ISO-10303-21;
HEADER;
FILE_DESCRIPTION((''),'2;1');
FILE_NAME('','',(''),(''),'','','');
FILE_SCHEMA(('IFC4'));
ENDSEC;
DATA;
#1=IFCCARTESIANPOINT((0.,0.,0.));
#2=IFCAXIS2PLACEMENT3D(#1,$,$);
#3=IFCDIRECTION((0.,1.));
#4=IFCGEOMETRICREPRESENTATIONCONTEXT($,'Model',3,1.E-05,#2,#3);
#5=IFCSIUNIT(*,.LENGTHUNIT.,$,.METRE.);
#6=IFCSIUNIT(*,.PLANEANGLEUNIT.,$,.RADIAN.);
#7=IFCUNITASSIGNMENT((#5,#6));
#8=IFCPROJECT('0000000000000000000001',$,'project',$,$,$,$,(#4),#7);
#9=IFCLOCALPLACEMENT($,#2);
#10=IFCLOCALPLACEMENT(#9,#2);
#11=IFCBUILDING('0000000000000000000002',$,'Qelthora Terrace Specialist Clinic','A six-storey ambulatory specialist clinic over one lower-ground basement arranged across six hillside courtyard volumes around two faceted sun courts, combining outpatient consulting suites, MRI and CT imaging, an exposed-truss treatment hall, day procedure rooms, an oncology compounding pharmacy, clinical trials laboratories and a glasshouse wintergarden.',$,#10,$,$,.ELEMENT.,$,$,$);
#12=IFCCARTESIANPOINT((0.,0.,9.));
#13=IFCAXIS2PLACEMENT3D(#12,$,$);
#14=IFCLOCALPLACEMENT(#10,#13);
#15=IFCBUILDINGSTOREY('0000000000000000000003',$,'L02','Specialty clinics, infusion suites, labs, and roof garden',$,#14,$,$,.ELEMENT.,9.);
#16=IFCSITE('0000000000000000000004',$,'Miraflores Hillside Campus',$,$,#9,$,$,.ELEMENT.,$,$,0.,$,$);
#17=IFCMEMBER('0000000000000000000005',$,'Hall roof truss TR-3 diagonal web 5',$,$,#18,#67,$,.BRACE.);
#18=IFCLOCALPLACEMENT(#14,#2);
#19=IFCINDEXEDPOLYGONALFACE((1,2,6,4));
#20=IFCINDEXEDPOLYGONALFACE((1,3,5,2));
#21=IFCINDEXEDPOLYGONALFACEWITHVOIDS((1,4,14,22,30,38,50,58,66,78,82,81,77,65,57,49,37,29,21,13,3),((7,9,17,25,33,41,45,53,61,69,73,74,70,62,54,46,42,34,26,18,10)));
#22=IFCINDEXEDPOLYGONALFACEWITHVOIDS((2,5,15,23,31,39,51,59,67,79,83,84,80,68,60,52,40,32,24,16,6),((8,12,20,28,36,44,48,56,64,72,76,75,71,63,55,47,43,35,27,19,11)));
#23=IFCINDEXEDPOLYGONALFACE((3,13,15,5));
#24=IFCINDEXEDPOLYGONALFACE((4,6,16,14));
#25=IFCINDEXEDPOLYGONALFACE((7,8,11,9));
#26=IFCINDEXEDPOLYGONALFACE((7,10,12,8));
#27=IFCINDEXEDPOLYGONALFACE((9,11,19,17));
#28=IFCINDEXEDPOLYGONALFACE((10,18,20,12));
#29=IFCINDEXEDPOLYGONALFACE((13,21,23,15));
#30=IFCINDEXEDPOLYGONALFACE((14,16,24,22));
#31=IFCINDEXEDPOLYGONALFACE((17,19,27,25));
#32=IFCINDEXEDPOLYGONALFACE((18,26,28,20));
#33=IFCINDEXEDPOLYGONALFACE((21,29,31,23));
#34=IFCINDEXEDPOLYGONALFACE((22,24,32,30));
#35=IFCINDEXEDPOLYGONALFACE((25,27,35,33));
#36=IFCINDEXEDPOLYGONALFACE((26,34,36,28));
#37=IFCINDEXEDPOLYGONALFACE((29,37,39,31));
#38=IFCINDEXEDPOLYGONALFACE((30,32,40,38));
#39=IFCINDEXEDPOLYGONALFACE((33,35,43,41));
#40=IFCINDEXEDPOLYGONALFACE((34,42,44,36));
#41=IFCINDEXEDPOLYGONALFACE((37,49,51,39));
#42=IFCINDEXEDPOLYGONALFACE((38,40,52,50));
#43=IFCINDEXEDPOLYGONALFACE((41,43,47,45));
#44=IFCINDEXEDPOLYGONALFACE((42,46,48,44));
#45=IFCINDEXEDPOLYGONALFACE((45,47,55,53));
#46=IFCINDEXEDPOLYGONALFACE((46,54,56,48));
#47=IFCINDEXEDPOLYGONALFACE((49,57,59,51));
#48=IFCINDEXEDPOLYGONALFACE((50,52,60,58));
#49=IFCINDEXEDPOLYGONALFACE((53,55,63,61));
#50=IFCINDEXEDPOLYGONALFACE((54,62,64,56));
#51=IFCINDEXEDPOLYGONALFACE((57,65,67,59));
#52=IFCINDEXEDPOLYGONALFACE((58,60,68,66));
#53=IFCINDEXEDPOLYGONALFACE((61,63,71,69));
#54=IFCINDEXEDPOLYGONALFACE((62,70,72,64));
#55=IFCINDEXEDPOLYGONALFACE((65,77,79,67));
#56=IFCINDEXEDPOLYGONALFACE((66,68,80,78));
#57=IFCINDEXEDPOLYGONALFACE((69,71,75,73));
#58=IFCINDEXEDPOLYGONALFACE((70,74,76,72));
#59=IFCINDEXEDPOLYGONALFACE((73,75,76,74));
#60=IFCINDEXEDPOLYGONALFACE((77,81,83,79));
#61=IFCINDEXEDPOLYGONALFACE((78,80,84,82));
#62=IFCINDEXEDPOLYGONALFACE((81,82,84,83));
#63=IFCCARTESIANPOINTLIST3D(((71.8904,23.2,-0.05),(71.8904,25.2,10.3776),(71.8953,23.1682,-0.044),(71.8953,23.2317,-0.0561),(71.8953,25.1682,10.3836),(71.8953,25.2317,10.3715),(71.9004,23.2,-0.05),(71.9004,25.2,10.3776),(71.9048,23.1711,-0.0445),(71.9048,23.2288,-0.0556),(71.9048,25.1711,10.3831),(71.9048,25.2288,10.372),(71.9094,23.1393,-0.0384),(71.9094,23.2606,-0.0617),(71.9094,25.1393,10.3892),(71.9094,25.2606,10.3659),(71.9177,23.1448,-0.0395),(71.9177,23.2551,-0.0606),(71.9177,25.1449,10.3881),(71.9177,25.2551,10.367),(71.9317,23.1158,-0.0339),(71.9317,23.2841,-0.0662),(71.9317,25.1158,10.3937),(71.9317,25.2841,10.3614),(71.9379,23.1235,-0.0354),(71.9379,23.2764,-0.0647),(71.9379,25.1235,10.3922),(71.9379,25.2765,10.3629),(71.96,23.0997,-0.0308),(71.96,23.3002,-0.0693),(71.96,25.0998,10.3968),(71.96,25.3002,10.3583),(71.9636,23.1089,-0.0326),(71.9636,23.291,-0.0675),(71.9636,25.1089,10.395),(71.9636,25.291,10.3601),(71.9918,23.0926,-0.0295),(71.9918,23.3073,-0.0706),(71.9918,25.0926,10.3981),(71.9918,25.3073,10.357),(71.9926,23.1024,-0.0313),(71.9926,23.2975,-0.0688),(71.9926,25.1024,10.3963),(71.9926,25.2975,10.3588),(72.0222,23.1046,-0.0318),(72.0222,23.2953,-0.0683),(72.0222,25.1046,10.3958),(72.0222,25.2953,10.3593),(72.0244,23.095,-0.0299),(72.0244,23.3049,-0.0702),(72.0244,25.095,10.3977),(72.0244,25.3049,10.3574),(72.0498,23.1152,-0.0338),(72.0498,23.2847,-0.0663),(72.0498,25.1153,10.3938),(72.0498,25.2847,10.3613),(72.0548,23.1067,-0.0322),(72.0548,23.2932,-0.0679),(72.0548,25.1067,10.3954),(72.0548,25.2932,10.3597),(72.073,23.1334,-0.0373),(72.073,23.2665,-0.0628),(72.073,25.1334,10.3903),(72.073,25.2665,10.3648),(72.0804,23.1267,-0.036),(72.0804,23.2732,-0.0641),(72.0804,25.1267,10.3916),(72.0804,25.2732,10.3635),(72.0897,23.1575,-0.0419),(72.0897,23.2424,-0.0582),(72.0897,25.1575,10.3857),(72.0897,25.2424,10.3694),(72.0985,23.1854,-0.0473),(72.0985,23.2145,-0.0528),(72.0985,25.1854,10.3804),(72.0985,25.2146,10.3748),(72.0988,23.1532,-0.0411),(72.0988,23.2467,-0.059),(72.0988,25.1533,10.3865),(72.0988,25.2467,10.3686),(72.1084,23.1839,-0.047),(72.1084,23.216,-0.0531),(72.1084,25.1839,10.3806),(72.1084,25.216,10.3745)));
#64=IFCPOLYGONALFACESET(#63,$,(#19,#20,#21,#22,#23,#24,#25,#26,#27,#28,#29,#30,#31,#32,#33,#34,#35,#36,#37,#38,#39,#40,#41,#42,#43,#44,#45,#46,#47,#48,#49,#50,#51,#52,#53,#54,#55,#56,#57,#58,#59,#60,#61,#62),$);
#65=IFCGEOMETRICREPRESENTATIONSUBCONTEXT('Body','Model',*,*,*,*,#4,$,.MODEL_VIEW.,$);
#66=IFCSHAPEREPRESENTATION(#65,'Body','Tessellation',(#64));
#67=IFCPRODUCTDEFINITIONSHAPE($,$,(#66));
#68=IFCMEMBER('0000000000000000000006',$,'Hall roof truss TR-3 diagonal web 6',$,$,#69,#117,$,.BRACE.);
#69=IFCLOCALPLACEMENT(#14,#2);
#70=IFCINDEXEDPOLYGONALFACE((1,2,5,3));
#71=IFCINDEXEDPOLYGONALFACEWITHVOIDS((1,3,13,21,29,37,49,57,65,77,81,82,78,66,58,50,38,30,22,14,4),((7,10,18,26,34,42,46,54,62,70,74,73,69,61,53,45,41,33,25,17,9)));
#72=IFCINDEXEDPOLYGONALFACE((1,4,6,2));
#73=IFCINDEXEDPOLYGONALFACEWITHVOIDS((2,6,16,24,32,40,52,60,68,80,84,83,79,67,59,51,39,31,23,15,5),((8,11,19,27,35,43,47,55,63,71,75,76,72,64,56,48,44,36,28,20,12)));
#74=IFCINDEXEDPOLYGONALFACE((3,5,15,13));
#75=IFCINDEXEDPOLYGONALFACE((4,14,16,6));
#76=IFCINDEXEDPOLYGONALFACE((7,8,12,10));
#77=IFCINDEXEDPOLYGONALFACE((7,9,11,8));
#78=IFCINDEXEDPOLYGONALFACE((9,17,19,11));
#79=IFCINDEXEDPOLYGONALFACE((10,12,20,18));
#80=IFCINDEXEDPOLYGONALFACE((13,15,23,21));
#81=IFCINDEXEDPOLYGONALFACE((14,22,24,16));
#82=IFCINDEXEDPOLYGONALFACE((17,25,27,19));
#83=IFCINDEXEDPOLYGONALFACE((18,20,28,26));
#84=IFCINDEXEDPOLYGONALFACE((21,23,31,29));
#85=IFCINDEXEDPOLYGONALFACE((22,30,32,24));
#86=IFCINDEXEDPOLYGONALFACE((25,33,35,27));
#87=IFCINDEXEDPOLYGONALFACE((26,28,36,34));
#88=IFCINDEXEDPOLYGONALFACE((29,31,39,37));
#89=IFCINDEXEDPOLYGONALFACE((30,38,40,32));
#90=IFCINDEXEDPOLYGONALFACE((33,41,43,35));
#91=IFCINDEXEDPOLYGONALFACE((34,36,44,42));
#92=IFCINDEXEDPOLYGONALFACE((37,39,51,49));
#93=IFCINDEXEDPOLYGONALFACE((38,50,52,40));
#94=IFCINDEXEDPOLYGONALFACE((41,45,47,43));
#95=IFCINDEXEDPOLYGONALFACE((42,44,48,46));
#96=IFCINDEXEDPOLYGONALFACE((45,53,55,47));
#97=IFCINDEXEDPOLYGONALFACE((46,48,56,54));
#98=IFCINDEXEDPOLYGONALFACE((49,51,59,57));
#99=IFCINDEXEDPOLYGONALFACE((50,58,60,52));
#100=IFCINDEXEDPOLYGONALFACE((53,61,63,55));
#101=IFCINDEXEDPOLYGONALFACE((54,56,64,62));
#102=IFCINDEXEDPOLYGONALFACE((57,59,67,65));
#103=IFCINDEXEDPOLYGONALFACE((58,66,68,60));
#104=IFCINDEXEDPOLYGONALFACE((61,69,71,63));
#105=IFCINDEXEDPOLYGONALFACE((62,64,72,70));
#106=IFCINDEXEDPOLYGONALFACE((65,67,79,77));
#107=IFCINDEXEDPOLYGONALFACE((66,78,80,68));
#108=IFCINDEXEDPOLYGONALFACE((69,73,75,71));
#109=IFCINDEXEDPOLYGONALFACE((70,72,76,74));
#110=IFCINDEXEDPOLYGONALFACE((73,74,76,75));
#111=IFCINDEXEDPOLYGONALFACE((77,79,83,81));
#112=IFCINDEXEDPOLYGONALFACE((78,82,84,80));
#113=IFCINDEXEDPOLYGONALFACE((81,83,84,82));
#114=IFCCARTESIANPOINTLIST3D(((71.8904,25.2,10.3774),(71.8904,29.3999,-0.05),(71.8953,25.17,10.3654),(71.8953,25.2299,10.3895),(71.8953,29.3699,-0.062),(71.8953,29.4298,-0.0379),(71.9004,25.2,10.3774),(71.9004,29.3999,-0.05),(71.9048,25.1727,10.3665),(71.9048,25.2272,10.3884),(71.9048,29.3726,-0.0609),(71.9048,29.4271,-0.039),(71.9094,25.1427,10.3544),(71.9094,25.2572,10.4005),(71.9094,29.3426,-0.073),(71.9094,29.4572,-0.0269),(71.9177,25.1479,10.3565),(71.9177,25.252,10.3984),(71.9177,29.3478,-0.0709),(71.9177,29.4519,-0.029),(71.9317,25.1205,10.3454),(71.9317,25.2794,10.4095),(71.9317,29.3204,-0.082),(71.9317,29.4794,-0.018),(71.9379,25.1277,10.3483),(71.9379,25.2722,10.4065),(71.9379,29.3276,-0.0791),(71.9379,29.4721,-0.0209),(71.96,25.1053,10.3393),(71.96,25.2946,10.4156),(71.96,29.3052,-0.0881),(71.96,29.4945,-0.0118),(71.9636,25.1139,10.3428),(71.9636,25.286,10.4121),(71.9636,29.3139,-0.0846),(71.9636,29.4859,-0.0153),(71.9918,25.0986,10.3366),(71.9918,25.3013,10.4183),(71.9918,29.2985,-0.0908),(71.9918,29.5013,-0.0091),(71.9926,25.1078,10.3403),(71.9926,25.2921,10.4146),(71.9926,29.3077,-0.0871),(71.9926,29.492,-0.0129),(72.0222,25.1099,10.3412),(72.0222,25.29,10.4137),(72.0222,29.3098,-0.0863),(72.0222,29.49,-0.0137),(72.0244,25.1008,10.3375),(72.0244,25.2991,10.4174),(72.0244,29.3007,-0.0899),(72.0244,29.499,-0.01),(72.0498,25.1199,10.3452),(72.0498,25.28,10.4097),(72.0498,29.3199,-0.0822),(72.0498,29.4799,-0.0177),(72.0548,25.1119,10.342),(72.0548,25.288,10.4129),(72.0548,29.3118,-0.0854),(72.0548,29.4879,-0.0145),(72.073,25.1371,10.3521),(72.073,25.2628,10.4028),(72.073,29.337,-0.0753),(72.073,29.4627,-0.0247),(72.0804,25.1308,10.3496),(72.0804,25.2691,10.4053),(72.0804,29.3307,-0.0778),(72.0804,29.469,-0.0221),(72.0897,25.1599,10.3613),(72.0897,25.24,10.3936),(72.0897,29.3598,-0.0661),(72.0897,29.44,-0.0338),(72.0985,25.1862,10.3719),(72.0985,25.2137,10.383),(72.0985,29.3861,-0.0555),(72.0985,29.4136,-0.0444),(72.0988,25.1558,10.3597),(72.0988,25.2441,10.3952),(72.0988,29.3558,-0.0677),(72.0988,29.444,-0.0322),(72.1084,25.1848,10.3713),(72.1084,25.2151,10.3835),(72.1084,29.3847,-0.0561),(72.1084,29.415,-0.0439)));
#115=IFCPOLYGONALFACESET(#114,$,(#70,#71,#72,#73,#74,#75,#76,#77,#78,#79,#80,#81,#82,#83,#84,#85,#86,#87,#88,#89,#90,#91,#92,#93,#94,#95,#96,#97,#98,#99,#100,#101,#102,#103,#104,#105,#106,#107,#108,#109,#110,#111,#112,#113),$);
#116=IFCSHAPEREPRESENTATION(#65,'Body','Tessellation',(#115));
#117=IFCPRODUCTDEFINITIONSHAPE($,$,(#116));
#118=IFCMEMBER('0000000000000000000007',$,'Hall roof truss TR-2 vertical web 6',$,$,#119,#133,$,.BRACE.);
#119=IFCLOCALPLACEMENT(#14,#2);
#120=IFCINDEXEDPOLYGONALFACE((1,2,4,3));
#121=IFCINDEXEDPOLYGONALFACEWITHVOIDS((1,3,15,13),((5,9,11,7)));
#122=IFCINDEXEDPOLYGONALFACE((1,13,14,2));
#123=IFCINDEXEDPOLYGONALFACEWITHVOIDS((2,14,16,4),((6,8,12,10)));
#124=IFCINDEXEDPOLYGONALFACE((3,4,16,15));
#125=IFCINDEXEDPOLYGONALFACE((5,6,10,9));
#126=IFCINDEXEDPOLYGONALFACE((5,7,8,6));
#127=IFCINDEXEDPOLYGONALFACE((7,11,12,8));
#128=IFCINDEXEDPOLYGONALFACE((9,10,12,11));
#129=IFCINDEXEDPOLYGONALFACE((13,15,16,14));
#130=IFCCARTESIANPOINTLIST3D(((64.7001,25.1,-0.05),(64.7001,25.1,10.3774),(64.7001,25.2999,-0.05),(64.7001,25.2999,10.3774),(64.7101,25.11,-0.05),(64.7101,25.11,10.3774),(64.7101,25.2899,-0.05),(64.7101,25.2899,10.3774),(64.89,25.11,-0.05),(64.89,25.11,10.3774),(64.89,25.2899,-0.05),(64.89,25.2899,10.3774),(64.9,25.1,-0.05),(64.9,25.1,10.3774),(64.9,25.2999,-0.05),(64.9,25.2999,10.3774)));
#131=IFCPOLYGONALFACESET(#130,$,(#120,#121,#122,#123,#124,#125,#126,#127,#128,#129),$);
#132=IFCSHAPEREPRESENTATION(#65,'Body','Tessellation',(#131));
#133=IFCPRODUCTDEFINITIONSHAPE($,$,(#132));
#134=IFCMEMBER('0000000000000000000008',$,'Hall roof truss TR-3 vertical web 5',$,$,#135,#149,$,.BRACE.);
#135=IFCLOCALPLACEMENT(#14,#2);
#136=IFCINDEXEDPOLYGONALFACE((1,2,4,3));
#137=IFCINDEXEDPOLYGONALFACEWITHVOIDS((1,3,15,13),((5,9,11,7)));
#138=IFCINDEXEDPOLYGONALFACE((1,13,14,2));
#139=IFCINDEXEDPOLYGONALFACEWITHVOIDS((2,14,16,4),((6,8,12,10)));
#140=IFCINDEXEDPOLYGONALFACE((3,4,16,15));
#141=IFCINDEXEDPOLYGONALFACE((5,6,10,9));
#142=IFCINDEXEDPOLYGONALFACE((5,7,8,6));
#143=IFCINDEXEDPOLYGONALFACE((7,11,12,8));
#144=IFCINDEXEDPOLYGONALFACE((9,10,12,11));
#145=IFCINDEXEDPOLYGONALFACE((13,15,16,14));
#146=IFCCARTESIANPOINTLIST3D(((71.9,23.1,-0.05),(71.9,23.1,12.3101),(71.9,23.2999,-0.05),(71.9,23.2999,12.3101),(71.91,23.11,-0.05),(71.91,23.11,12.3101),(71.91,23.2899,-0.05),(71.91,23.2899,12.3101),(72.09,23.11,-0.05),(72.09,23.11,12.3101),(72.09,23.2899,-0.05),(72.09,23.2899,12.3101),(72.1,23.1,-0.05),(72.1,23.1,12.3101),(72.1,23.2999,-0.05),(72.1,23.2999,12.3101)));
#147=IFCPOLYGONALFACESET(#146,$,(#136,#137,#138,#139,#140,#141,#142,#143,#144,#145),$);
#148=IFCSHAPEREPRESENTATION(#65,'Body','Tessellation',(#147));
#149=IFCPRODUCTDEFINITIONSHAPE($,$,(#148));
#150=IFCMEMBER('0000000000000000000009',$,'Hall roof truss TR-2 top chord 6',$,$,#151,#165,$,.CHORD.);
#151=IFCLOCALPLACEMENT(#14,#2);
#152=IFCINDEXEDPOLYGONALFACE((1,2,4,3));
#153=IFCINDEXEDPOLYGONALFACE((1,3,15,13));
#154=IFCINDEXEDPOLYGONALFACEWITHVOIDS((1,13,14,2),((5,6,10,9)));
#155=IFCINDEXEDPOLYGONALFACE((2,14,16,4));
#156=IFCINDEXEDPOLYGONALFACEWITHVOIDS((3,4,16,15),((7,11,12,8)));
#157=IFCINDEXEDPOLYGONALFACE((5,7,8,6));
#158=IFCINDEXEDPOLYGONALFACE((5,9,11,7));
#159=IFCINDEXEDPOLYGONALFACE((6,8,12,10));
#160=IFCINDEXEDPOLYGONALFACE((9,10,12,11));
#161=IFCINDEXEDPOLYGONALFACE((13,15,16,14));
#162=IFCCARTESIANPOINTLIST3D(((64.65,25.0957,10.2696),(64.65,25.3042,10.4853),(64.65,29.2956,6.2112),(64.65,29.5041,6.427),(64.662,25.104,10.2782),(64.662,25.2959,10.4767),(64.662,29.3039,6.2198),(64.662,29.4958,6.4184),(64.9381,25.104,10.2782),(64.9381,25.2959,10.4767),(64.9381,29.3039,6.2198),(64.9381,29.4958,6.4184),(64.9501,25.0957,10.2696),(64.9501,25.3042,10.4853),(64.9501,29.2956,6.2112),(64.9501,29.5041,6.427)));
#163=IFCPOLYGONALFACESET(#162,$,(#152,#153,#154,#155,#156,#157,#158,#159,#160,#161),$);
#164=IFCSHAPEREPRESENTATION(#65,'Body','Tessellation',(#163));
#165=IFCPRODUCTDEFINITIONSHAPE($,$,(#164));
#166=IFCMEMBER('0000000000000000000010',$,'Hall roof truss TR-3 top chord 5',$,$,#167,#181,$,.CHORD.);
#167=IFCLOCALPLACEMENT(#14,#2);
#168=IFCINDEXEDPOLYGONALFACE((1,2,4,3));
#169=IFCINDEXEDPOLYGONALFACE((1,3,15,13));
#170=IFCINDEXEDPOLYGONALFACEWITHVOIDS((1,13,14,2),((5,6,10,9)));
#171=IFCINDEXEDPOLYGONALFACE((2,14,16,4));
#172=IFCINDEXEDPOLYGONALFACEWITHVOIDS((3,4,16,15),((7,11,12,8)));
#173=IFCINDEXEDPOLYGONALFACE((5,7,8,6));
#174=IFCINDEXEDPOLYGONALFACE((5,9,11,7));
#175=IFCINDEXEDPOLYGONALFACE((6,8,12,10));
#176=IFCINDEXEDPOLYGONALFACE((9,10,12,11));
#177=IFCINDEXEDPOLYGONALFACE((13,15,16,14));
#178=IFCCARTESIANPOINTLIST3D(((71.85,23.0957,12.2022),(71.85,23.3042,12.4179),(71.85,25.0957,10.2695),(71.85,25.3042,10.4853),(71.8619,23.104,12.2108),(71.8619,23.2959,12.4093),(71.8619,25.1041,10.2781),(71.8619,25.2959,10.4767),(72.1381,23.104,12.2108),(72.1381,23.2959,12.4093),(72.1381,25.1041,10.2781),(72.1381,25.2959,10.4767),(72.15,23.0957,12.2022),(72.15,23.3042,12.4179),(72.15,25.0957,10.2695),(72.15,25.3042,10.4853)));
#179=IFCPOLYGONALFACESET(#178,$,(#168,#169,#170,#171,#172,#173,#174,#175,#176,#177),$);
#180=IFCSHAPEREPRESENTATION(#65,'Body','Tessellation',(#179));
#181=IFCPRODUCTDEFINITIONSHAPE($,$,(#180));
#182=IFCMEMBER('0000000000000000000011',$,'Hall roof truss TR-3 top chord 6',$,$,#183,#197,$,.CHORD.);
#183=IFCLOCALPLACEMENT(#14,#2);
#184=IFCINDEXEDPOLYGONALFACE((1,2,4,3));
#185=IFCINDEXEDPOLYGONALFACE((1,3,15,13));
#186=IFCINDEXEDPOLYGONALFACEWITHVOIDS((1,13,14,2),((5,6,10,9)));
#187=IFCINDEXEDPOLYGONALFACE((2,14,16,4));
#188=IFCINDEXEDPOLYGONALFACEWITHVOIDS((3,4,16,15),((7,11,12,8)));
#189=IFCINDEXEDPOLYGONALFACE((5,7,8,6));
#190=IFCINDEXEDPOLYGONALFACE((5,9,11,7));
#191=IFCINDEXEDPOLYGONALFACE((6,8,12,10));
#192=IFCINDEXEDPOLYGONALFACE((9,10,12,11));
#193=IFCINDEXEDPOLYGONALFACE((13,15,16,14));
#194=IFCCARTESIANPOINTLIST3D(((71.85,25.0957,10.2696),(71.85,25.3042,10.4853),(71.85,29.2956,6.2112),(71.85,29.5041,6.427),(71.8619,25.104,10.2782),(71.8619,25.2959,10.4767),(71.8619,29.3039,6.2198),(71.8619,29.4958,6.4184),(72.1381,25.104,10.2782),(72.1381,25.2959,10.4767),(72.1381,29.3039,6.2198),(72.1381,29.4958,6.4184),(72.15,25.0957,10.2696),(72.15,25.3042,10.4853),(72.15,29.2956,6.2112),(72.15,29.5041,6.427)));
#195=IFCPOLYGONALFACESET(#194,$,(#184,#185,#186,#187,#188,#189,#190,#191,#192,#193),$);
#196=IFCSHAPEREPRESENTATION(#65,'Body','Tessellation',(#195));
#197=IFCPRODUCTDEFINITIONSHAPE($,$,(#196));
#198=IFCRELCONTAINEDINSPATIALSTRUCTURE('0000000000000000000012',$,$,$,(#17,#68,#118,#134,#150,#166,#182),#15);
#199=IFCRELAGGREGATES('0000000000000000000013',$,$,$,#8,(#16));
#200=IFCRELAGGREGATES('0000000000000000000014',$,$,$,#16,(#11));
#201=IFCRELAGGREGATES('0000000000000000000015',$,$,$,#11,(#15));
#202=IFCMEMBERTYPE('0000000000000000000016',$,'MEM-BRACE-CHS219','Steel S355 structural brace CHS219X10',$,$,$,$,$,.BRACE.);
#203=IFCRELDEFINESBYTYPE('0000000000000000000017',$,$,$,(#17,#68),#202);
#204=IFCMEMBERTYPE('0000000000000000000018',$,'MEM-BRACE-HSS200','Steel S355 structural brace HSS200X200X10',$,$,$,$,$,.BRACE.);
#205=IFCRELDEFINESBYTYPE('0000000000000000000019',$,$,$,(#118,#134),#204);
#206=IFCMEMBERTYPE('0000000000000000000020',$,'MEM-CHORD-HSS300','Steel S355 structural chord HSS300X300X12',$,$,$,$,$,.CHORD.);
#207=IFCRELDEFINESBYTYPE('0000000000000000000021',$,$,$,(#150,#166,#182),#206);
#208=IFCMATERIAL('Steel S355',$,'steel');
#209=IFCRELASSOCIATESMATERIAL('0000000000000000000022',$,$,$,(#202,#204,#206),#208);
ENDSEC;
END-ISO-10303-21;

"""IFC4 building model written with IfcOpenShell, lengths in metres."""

from ifc_helpers import new_model, si_unit, direction, frame, origin, origin_2d, place, context, subcontext, project, spatial, hollow_rectangle, hollow_circle, extrude, material, material_profile, profile_set, type_object, element, save


model = new_model("IFC4")

# Units and contexts
model_context = context("Model", 3, precision=1e-05, world=origin(), true_north=direction((0.0, 1.0)))
body_context = subcontext(model_context, "Body", "Model", "MODEL_VIEW")
ifc_project = project(units=[si_unit("LENGTHUNIT", "METRE"), si_unit("PLANEANGLEUNIT", "RADIAN")], contexts=[model_context])

# Site, building, storey
site_placement = place(None, origin())
site = spatial("IfcSite", under=ifc_project, at=site_placement, Name="Miraflores Hillside Campus", CompositionType="ELEMENT", RefElevation=0.0)
building_placement = place(site_placement, origin())
building = spatial("IfcBuilding", under=site, at=building_placement, Name="Qelthora Terrace Specialist Clinic", Description="A six-storey ambulatory specialist clinic over one lower-ground basement arranged across six hillside courtyard volumes around two faceted sun courts, combining outpatient consulting suites, MRI and CT imaging, an exposed-truss treatment hall, day procedure rooms, an oncology compounding pharmacy, clinical trials laboratories and a glasshouse wintergarden.", CompositionType="ELEMENT")
storey_placement = place(building_placement, frame((0.0, 0.0, 9.0)))
storey = spatial("IfcBuildingStorey", under=building, at=storey_placement, Name="L02", Description="Specialty clinics, infusion suites, labs, and roof garden", CompositionType="ELEMENT", Elevation=9.0)

# Shared definitions
ifc_material_1 = material(Name="Steel S355", Category="steel")

# Members
ifc_material_profile_1 = material_profile(ifc_material_1, hollow_circle(Radius=0.1096, WallThickness=0.01, at=origin_2d()), Name="CHS219X10")
ifc_profile_set_1 = profile_set([ifc_material_profile_1], Name="Steel S355")
member_type_1 = type_object("IfcMemberType", Name="MEM-BRACE-CHS219", Description="Steel S355 structural brace CHS219X10", PredefinedType="BRACE", material=ifc_profile_set_1)
member_1_placement = place(storey_placement, frame((72.0, 23.2, -0.05), z_axis=(0.0, 0.188367, 0.982099), x_axis=(-1.0, 0.0, 0.0)))
element("IfcMember", 1, at=member_1_placement, inside=storey, type_object=member_type_1, Name="Hall roof truss TR-3 diagonal web 5", PredefinedType="BRACE", context=body_context, shape_type="SweptSolid", body=[
    extrude(hollow_circle(Radius=0.1096, WallThickness=0.01, at=origin_2d()), origin(), (0.0, 0.0, 1.0), 10.6177),
])
member_2_placement = place(storey_placement, frame((72.0, 25.2, 10.3774), z_axis=(0.0, 0.37361, -0.927586), x_axis=(-1.0, 0.0, 0.0)))
element("IfcMember", 2, at=member_2_placement, inside=storey, type_object=member_type_1, Name="Hall roof truss TR-3 diagonal web 6", PredefinedType="BRACE", context=body_context, shape_type="SweptSolid", body=[
    extrude(hollow_circle(Radius=0.1096, WallThickness=0.01, at=origin_2d()), origin(), (0.0, 0.0, 1.0), 11.2415),
])
ifc_material_profile_2 = material_profile(ifc_material_1, hollow_rectangle(XDim=0.2, YDim=0.2, WallThickness=0.01, at=origin_2d()), Name="HSS200X200X10")
ifc_profile_set_2 = profile_set([ifc_material_profile_2], Name="Steel S355")
member_type_2 = type_object("IfcMemberType", Name="MEM-BRACE-HSS200", Description="Steel S355 structural brace HSS200X200X10", PredefinedType="BRACE", material=ifc_profile_set_2)
member_3_placement = place(storey_placement, frame((64.8, 25.2, -0.05), z_axis=(0.0, 0.0, 1.0), x_axis=(1.0, 0.0, 0.0)))
element("IfcMember", 3, at=member_3_placement, inside=storey, type_object=member_type_2, Name="Hall roof truss TR-2 vertical web 6", PredefinedType="BRACE", context=body_context, shape_type="SweptSolid", body=[
    extrude(hollow_rectangle(XDim=0.2, YDim=0.2, WallThickness=0.01, at=origin_2d()), origin(), (0.0, 0.0, 1.0), 10.4275),
])
member_4_placement = place(storey_placement, frame((72.0, 23.2, -0.05), z_axis=(0.0, 0.0, 1.0), x_axis=(1.0, 0.0, 0.0)))
element("IfcMember", 4, at=member_4_placement, inside=storey, type_object=member_type_2, Name="Hall roof truss TR-3 vertical web 5", PredefinedType="BRACE", context=body_context, shape_type="SweptSolid", body=[
    extrude(hollow_rectangle(XDim=0.2, YDim=0.2, WallThickness=0.01, at=origin_2d()), origin(), (0.0, 0.0, 1.0), 12.3601),
])
ifc_material_profile_3 = material_profile(ifc_material_1, hollow_rectangle(XDim=0.3, YDim=0.3, WallThickness=0.012, at=origin_2d()), Name="HSS300X300X12")
ifc_profile_set_3 = profile_set([ifc_material_profile_3], Name="Steel S355")
member_type_3 = type_object("IfcMemberType", Name="MEM-CHORD-HSS300", Description="Steel S355 structural chord HSS300X300X12", PredefinedType="CHORD", material=ifc_profile_set_3)
member_5_placement = place(storey_placement, frame((64.8, 25.2, 10.3774), z_axis=(0.0, 0.719126, -0.69488), x_axis=(-1.0, 0.0, 0.0)))
element("IfcMember", 5, at=member_5_placement, inside=storey, type_object=member_type_3, Name="Hall roof truss TR-2 top chord 6", PredefinedType="CHORD", context=body_context, shape_type="SweptSolid", body=[
    extrude(hollow_rectangle(XDim=0.3, YDim=0.3, WallThickness=0.012, at=origin_2d()), origin(), (0.0, 0.0, 1.0), 5.8403),
])
member_6_placement = place(storey_placement, frame((72.0, 23.2, 12.3101), z_axis=(0.0, 0.719117, -0.694889), x_axis=(-1.0, 0.0, 0.0)))
element("IfcMember", 6, at=member_6_placement, inside=storey, type_object=member_type_3, Name="Hall roof truss TR-3 top chord 5", PredefinedType="CHORD", context=body_context, shape_type="SweptSolid", body=[
    extrude(hollow_rectangle(XDim=0.3, YDim=0.3, WallThickness=0.012, at=origin_2d()), origin(), (0.0, 0.0, 1.0), 2.7812),
])
member_7_placement = place(storey_placement, frame((72.0, 25.2, 10.3774), z_axis=(0.0, 0.719126, -0.69488), x_axis=(-1.0, 0.0, 0.0)))
element("IfcMember", 7, at=member_7_placement, inside=storey, type_object=member_type_3, Name="Hall roof truss TR-3 top chord 6", PredefinedType="CHORD", context=body_context, shape_type="SweptSolid", body=[
    extrude(hollow_rectangle(XDim=0.3, YDim=0.3, WallThickness=0.012, at=origin_2d()), origin(), (0.0, 0.0, 1.0), 5.8403),
])

save(model, "model.ifc")
